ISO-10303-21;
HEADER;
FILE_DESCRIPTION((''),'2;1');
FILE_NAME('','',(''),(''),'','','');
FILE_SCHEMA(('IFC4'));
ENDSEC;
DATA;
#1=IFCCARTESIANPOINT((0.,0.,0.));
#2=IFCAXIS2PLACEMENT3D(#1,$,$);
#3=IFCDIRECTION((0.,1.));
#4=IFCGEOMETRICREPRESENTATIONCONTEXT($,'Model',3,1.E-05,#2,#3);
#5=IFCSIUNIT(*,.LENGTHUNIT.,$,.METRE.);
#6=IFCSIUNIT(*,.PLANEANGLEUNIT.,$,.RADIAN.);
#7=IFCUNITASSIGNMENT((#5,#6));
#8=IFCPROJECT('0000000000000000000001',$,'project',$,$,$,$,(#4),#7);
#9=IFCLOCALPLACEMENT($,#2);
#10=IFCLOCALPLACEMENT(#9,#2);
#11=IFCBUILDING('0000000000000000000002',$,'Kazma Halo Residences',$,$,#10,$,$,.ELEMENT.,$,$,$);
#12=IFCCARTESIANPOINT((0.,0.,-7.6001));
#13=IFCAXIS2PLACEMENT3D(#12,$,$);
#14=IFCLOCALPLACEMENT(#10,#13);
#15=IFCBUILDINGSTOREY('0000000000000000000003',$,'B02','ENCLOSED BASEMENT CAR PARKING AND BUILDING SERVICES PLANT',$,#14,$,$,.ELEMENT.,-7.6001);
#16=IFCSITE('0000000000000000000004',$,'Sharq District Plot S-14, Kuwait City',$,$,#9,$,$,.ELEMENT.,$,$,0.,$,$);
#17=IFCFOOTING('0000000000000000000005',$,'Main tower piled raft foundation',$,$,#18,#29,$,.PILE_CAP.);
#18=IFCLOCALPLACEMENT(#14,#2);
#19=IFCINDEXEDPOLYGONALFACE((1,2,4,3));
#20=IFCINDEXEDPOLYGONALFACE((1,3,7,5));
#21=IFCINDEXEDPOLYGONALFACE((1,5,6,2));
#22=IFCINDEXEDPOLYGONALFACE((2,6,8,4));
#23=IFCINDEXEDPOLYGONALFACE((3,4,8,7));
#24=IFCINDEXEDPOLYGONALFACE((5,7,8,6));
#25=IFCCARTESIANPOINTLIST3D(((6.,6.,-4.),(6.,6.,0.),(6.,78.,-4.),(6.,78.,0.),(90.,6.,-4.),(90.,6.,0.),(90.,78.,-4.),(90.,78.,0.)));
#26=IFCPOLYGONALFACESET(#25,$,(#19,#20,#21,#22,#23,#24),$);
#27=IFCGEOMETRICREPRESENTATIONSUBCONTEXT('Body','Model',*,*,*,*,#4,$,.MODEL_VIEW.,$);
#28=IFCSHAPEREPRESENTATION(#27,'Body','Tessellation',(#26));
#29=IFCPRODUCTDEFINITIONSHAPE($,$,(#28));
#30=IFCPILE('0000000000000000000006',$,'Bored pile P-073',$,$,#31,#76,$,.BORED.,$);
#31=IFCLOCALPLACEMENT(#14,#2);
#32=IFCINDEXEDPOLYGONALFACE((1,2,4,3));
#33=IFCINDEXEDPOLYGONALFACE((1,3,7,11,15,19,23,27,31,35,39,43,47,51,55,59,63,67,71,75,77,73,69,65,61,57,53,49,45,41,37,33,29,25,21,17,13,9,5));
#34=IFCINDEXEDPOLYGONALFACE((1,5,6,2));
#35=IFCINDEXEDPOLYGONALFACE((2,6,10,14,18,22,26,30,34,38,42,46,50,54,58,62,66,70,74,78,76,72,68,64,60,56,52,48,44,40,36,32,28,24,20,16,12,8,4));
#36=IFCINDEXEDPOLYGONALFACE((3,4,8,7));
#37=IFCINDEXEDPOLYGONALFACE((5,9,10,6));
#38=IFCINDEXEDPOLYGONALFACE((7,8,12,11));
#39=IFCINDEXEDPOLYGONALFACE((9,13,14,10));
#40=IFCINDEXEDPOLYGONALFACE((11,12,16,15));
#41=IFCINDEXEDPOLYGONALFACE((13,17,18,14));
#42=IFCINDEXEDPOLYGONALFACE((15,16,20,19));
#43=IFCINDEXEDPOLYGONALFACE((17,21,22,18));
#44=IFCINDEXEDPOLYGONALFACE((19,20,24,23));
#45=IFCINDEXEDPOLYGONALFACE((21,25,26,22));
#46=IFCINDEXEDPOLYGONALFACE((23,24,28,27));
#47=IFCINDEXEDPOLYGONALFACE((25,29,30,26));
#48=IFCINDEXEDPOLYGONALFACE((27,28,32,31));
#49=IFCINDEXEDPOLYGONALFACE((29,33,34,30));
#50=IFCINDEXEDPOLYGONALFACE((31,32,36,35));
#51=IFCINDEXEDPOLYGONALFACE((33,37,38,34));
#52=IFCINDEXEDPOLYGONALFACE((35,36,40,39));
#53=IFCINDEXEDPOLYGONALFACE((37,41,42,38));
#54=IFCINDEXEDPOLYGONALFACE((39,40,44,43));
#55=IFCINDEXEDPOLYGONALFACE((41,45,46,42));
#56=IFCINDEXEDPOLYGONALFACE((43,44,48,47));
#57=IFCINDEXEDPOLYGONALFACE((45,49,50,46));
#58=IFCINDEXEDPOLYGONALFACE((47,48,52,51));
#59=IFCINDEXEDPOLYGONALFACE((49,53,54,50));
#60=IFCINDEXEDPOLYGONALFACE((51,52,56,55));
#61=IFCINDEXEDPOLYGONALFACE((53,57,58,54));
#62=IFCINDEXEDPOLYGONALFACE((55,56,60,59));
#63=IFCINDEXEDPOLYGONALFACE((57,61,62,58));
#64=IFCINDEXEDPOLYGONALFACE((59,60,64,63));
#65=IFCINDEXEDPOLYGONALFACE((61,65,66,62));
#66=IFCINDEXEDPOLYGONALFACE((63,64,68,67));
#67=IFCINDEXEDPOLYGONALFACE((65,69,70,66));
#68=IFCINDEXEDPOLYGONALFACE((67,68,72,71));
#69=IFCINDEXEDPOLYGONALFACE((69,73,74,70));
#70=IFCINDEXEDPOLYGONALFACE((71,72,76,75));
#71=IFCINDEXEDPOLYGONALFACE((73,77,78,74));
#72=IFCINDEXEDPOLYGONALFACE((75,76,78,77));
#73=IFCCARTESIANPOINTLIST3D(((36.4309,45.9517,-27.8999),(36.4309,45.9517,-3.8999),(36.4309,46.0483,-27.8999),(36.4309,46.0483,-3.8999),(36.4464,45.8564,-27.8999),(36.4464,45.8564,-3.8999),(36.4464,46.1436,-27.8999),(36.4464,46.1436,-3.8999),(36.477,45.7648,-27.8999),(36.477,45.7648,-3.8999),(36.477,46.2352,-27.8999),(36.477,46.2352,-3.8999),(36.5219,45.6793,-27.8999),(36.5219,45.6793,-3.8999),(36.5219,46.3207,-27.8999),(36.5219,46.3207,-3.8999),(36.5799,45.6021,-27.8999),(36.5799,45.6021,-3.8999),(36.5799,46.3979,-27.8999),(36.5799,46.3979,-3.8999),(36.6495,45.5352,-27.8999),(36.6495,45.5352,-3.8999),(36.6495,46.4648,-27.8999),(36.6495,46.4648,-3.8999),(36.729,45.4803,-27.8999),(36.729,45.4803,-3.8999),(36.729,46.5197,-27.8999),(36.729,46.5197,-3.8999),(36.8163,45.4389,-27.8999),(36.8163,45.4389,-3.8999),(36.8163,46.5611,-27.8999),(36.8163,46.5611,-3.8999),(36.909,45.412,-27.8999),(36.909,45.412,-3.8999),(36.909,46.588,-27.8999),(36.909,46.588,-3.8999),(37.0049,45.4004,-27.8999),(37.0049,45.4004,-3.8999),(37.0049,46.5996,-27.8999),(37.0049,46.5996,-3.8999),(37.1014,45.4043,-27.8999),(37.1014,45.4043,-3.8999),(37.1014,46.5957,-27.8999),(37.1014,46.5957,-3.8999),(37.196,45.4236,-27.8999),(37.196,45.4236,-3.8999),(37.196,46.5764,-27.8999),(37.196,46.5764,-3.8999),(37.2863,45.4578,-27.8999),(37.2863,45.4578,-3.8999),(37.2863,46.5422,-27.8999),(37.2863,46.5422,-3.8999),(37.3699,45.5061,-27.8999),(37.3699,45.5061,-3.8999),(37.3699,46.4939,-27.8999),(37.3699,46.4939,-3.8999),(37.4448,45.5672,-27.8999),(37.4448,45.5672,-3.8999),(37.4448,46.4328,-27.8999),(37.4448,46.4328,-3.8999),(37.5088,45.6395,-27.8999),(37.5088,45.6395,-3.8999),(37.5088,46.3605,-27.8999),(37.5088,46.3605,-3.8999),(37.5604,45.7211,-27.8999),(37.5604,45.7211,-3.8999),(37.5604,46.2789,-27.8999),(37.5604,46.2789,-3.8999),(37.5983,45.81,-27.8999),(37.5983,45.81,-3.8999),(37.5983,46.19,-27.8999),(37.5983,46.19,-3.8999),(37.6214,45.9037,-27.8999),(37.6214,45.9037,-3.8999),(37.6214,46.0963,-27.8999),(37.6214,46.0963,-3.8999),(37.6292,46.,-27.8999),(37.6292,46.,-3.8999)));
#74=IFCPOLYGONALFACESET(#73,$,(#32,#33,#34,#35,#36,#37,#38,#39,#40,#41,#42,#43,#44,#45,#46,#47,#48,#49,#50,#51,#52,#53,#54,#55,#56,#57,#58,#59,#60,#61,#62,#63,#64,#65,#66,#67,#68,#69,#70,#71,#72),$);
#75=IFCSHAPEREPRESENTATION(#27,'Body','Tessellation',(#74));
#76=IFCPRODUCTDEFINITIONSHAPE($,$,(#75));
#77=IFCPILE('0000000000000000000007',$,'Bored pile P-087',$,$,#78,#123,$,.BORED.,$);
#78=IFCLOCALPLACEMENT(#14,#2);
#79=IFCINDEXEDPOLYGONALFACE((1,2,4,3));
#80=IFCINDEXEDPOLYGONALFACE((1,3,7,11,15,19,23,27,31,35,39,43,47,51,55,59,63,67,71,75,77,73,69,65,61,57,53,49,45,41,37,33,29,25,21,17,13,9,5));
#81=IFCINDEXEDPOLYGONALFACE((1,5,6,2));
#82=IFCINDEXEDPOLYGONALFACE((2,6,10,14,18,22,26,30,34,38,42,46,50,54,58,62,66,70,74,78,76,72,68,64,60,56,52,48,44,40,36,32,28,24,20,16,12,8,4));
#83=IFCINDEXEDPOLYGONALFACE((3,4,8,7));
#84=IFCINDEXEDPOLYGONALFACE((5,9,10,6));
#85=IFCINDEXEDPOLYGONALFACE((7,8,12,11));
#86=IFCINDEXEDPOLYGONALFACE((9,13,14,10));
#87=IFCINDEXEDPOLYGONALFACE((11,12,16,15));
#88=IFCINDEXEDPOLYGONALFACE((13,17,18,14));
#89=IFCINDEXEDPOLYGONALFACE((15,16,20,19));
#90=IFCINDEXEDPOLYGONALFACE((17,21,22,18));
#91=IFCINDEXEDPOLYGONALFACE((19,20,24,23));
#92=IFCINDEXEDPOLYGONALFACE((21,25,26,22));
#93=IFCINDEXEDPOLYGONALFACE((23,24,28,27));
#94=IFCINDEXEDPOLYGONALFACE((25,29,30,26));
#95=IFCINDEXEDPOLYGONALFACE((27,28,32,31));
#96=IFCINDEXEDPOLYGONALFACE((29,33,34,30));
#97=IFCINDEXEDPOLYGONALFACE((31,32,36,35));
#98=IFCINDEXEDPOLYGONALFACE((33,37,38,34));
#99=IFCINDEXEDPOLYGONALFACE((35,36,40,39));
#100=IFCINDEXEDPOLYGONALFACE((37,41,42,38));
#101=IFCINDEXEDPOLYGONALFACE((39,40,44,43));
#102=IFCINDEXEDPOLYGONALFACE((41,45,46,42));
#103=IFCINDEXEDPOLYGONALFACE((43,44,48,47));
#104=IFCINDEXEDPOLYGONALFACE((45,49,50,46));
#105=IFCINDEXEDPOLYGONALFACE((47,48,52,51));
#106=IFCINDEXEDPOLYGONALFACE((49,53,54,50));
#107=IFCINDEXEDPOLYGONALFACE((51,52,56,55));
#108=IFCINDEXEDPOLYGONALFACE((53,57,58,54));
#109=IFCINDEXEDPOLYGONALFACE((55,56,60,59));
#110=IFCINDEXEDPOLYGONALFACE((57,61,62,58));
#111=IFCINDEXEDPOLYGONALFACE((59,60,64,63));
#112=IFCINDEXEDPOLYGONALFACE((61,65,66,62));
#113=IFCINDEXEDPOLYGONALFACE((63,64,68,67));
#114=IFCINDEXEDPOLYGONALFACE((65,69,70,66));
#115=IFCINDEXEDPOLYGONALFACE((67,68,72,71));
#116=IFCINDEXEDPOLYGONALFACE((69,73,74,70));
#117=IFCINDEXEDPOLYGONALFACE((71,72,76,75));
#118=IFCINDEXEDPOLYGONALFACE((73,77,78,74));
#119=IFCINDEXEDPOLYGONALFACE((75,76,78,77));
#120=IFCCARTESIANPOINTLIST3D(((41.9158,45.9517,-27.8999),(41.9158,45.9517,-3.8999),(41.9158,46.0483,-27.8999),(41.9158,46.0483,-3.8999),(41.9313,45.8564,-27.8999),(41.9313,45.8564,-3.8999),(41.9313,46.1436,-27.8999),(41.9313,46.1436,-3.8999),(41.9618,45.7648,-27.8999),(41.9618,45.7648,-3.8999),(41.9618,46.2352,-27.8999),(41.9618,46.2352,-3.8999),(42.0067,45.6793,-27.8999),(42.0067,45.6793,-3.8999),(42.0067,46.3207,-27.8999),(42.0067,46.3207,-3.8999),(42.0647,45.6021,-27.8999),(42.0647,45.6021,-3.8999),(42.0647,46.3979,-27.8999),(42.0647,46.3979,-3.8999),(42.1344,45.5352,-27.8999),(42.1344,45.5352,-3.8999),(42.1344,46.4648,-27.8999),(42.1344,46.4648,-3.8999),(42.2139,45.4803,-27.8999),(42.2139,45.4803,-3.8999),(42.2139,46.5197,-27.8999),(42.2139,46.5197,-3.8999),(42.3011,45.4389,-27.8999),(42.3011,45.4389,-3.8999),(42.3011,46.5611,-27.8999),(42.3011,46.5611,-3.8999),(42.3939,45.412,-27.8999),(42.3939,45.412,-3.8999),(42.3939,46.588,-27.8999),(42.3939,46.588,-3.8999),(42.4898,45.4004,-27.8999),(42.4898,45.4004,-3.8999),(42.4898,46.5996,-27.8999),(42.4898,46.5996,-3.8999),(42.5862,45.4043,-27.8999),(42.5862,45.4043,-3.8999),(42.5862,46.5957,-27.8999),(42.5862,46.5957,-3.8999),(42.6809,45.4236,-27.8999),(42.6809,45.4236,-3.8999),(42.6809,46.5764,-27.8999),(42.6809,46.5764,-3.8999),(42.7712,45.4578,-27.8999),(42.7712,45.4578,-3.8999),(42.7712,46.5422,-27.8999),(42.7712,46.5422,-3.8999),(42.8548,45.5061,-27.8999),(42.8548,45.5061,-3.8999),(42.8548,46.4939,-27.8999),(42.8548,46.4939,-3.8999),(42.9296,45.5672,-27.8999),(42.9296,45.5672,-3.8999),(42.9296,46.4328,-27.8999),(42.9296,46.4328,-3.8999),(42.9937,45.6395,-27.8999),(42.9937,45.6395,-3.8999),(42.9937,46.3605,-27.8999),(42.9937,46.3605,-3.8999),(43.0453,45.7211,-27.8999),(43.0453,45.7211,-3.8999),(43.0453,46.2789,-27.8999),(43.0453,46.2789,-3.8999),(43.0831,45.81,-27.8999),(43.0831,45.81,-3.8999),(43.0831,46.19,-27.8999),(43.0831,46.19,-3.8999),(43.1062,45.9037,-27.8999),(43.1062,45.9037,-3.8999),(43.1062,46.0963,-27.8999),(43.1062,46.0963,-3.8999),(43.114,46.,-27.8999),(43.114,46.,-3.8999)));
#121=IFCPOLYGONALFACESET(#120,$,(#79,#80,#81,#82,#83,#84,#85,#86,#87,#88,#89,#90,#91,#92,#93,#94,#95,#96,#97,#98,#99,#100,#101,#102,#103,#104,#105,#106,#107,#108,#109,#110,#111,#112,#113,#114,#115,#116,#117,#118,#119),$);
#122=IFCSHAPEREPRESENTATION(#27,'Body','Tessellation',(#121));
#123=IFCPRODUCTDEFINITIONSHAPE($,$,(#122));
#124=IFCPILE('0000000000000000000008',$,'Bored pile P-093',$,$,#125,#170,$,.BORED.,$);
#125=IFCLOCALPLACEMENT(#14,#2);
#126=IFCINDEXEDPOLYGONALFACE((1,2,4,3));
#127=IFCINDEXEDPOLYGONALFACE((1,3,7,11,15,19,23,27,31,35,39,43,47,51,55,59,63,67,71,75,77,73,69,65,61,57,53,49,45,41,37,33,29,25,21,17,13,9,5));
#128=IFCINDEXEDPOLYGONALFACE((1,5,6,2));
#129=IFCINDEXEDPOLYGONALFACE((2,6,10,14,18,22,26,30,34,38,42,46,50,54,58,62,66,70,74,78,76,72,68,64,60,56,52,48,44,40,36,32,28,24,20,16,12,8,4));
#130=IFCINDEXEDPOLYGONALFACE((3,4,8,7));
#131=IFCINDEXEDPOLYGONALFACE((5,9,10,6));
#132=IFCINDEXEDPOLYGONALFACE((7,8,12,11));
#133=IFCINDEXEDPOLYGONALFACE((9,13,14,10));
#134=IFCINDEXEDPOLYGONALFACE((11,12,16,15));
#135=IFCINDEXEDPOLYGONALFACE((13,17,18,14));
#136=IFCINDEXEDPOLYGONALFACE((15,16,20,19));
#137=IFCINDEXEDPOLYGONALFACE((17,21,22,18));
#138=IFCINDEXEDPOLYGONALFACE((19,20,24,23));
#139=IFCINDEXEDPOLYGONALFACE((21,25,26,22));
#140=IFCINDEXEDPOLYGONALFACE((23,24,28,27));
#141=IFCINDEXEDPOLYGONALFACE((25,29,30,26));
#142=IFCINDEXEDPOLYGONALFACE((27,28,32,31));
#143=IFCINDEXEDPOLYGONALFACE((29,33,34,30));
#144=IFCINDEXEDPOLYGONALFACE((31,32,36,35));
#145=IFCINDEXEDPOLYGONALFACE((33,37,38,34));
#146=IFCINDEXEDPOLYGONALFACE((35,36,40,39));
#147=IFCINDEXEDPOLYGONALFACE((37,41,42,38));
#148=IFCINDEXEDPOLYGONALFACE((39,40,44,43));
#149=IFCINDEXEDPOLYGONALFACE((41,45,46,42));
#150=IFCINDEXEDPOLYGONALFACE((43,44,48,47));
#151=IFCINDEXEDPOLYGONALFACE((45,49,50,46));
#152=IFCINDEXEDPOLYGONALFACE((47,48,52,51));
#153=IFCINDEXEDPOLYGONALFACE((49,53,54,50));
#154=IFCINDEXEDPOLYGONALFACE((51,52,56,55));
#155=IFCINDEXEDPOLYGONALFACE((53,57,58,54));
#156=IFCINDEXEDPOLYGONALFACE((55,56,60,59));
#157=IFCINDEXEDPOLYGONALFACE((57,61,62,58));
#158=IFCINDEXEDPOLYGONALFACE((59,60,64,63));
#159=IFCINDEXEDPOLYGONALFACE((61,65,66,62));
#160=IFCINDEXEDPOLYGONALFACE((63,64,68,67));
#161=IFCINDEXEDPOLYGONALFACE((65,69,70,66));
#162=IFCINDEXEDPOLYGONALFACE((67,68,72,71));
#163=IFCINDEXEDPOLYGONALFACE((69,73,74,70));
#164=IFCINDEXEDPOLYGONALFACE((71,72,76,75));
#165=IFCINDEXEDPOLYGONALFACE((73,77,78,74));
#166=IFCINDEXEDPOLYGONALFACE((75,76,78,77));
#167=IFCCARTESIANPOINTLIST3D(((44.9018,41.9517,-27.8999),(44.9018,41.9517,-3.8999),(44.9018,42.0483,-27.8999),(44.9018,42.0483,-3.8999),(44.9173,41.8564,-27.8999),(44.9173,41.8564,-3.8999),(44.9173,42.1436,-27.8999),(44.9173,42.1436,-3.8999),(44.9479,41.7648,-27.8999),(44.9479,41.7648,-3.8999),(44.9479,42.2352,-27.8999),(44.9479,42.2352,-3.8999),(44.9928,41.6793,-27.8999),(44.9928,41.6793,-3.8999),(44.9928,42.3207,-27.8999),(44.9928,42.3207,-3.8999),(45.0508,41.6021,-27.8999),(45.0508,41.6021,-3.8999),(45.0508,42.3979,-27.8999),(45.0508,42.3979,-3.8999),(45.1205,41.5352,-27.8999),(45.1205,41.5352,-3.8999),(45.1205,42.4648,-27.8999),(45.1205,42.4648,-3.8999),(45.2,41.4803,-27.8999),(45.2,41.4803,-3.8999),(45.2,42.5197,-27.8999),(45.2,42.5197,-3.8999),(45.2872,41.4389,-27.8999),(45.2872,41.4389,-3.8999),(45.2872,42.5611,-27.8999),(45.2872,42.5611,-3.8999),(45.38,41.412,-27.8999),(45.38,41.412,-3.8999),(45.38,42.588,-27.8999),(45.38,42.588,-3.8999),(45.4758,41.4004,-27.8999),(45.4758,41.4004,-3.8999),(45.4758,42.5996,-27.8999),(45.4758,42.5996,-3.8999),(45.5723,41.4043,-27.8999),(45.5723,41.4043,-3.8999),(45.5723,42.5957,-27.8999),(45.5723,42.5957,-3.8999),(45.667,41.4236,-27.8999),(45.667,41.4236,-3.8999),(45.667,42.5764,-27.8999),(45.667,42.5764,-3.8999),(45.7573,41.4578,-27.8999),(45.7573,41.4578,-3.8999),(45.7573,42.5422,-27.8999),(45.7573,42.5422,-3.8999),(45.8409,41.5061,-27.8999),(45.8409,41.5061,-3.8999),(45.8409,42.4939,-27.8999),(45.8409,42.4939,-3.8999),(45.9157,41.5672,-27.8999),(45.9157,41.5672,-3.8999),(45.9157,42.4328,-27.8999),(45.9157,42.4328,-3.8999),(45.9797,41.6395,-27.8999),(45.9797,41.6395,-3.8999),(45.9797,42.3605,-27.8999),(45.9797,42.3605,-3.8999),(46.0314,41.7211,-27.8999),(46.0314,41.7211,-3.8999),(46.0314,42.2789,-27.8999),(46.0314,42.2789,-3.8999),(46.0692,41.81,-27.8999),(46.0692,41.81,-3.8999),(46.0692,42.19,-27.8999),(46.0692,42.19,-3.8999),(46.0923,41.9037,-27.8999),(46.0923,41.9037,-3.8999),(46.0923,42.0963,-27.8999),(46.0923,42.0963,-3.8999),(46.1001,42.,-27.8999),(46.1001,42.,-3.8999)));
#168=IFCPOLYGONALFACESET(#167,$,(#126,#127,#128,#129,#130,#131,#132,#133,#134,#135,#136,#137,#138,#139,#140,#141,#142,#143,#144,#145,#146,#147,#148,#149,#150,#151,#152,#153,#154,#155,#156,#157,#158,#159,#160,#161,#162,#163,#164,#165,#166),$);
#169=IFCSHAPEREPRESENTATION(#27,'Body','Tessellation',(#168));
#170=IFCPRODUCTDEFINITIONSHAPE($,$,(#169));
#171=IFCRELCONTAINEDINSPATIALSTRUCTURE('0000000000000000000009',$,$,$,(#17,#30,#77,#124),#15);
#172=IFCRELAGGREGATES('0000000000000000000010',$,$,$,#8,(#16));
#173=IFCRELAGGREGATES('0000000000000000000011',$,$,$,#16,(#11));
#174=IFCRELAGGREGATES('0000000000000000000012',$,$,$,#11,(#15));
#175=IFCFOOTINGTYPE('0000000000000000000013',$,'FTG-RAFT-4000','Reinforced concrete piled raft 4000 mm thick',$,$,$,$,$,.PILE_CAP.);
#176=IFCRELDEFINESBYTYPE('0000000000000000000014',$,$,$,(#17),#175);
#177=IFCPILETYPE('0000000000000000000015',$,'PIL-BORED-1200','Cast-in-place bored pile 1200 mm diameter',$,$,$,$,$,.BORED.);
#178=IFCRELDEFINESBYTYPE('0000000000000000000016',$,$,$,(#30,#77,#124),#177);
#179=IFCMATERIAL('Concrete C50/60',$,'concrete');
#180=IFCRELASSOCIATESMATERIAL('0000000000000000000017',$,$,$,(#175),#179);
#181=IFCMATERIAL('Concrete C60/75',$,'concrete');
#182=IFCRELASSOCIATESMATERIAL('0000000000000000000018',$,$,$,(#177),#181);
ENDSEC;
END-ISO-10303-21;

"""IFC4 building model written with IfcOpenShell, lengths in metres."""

from ifc_helpers import new_model, si_unit, direction, frame, origin, origin_2d, place, context, subcontext, project, spatial, rectangle, circle, extrude, material, material_profile, profile_set, type_object, element, save


model = new_model("IFC4")

# Units and contexts
model_context = context("Model", 3, precision=1e-05, world=origin(), true_north=direction((0.0, 1.0)))
body_context = subcontext(model_context, "Body", "Model", "MODEL_VIEW")
ifc_project = project(units=[si_unit("LENGTHUNIT", "METRE"), si_unit("PLANEANGLEUNIT", "RADIAN")], contexts=[model_context])

# Site, building, storey
site_placement = place(None, origin())
site = spatial("IfcSite", under=ifc_project, at=site_placement, Name="Sharq District Plot S-14, Kuwait City", CompositionType="ELEMENT", RefElevation=0.0)
building_placement = place(site_placement, origin())
building = spatial("IfcBuilding", under=site, at=building_placement, Name="Kazma Halo Residences", CompositionType="ELEMENT")
storey_placement = place(building_placement, frame((0.0, 0.0, -7.6001)))
storey = spatial("IfcBuildingStorey", under=building, at=storey_placement, Name="B02", Description="ENCLOSED BASEMENT CAR PARKING AND BUILDING SERVICES PLANT", CompositionType="ELEMENT", Elevation=-7.6001)

# Footing
ifc_material_1 = material(Name="Concrete C50/60", Category="concrete")
footing_type = type_object("IfcFootingType", Name="FTG-RAFT-4000", Description="Reinforced concrete piled raft 4000 mm thick", PredefinedType="PILE_CAP", material=ifc_material_1)
footing_placement = place(storey_placement, frame((48.0, 42.0, -4.0), z_axis=(0.0, 0.0, 1.0), x_axis=(1.0, 0.0, 0.0)))
element("IfcFooting", 1, at=footing_placement, inside=storey, type_object=footing_type, Name="Main tower piled raft foundation", PredefinedType="PILE_CAP", context=body_context, shape_type="SweptSolid", body=[
    extrude(rectangle(XDim=84.0, YDim=72.0, at=origin_2d()), origin(), (0.0, 0.0, 1.0), 4.0),
])

# Piles
ifc_material_2 = material(Name="Concrete C60/75", Category="concrete")
ifc_material_profile_1 = material_profile(ifc_material_2, circle(Radius=0.6001, at=origin_2d()), Name="CIRC1200")
ifc_profile_set_1 = profile_set([ifc_material_profile_1], Name="Concrete C60/75")
pile_type = type_object("IfcPileType", Name="PIL-BORED-1200", Description="Cast-in-place bored pile 1200 mm diameter", PredefinedType="BORED", material=ifc_profile_set_1)
for number, where, z_axis, x_axis, name in (
    (2, (37.0291, 46.0, -3.8999), (0.0, 0.0, -1.0), (1.0, 0.0, 0.0), "Bored pile P-073"),
    (3, (42.5139, 46.0, -3.8999), (0.0, 0.0, -1.0), (1.0, 0.0, 0.0), "Bored pile P-087"),
    (4, (45.5, 42.0, -3.8999), (0.0, 0.0, -1.0), (1.0, 0.0, 0.0), "Bored pile P-093"),
):
    element("IfcPile", number, at=place(storey_placement, frame(where, z_axis=z_axis, x_axis=x_axis)), inside=storey, type_object=pile_type, Name=name, PredefinedType="BORED", context=body_context, shape_type="SweptSolid", body=[
        extrude(circle(Radius=0.6001, at=origin_2d()), origin(), (0.0, 0.0, 1.0), 24.0),
    ])

save(model, "model.ifc")
